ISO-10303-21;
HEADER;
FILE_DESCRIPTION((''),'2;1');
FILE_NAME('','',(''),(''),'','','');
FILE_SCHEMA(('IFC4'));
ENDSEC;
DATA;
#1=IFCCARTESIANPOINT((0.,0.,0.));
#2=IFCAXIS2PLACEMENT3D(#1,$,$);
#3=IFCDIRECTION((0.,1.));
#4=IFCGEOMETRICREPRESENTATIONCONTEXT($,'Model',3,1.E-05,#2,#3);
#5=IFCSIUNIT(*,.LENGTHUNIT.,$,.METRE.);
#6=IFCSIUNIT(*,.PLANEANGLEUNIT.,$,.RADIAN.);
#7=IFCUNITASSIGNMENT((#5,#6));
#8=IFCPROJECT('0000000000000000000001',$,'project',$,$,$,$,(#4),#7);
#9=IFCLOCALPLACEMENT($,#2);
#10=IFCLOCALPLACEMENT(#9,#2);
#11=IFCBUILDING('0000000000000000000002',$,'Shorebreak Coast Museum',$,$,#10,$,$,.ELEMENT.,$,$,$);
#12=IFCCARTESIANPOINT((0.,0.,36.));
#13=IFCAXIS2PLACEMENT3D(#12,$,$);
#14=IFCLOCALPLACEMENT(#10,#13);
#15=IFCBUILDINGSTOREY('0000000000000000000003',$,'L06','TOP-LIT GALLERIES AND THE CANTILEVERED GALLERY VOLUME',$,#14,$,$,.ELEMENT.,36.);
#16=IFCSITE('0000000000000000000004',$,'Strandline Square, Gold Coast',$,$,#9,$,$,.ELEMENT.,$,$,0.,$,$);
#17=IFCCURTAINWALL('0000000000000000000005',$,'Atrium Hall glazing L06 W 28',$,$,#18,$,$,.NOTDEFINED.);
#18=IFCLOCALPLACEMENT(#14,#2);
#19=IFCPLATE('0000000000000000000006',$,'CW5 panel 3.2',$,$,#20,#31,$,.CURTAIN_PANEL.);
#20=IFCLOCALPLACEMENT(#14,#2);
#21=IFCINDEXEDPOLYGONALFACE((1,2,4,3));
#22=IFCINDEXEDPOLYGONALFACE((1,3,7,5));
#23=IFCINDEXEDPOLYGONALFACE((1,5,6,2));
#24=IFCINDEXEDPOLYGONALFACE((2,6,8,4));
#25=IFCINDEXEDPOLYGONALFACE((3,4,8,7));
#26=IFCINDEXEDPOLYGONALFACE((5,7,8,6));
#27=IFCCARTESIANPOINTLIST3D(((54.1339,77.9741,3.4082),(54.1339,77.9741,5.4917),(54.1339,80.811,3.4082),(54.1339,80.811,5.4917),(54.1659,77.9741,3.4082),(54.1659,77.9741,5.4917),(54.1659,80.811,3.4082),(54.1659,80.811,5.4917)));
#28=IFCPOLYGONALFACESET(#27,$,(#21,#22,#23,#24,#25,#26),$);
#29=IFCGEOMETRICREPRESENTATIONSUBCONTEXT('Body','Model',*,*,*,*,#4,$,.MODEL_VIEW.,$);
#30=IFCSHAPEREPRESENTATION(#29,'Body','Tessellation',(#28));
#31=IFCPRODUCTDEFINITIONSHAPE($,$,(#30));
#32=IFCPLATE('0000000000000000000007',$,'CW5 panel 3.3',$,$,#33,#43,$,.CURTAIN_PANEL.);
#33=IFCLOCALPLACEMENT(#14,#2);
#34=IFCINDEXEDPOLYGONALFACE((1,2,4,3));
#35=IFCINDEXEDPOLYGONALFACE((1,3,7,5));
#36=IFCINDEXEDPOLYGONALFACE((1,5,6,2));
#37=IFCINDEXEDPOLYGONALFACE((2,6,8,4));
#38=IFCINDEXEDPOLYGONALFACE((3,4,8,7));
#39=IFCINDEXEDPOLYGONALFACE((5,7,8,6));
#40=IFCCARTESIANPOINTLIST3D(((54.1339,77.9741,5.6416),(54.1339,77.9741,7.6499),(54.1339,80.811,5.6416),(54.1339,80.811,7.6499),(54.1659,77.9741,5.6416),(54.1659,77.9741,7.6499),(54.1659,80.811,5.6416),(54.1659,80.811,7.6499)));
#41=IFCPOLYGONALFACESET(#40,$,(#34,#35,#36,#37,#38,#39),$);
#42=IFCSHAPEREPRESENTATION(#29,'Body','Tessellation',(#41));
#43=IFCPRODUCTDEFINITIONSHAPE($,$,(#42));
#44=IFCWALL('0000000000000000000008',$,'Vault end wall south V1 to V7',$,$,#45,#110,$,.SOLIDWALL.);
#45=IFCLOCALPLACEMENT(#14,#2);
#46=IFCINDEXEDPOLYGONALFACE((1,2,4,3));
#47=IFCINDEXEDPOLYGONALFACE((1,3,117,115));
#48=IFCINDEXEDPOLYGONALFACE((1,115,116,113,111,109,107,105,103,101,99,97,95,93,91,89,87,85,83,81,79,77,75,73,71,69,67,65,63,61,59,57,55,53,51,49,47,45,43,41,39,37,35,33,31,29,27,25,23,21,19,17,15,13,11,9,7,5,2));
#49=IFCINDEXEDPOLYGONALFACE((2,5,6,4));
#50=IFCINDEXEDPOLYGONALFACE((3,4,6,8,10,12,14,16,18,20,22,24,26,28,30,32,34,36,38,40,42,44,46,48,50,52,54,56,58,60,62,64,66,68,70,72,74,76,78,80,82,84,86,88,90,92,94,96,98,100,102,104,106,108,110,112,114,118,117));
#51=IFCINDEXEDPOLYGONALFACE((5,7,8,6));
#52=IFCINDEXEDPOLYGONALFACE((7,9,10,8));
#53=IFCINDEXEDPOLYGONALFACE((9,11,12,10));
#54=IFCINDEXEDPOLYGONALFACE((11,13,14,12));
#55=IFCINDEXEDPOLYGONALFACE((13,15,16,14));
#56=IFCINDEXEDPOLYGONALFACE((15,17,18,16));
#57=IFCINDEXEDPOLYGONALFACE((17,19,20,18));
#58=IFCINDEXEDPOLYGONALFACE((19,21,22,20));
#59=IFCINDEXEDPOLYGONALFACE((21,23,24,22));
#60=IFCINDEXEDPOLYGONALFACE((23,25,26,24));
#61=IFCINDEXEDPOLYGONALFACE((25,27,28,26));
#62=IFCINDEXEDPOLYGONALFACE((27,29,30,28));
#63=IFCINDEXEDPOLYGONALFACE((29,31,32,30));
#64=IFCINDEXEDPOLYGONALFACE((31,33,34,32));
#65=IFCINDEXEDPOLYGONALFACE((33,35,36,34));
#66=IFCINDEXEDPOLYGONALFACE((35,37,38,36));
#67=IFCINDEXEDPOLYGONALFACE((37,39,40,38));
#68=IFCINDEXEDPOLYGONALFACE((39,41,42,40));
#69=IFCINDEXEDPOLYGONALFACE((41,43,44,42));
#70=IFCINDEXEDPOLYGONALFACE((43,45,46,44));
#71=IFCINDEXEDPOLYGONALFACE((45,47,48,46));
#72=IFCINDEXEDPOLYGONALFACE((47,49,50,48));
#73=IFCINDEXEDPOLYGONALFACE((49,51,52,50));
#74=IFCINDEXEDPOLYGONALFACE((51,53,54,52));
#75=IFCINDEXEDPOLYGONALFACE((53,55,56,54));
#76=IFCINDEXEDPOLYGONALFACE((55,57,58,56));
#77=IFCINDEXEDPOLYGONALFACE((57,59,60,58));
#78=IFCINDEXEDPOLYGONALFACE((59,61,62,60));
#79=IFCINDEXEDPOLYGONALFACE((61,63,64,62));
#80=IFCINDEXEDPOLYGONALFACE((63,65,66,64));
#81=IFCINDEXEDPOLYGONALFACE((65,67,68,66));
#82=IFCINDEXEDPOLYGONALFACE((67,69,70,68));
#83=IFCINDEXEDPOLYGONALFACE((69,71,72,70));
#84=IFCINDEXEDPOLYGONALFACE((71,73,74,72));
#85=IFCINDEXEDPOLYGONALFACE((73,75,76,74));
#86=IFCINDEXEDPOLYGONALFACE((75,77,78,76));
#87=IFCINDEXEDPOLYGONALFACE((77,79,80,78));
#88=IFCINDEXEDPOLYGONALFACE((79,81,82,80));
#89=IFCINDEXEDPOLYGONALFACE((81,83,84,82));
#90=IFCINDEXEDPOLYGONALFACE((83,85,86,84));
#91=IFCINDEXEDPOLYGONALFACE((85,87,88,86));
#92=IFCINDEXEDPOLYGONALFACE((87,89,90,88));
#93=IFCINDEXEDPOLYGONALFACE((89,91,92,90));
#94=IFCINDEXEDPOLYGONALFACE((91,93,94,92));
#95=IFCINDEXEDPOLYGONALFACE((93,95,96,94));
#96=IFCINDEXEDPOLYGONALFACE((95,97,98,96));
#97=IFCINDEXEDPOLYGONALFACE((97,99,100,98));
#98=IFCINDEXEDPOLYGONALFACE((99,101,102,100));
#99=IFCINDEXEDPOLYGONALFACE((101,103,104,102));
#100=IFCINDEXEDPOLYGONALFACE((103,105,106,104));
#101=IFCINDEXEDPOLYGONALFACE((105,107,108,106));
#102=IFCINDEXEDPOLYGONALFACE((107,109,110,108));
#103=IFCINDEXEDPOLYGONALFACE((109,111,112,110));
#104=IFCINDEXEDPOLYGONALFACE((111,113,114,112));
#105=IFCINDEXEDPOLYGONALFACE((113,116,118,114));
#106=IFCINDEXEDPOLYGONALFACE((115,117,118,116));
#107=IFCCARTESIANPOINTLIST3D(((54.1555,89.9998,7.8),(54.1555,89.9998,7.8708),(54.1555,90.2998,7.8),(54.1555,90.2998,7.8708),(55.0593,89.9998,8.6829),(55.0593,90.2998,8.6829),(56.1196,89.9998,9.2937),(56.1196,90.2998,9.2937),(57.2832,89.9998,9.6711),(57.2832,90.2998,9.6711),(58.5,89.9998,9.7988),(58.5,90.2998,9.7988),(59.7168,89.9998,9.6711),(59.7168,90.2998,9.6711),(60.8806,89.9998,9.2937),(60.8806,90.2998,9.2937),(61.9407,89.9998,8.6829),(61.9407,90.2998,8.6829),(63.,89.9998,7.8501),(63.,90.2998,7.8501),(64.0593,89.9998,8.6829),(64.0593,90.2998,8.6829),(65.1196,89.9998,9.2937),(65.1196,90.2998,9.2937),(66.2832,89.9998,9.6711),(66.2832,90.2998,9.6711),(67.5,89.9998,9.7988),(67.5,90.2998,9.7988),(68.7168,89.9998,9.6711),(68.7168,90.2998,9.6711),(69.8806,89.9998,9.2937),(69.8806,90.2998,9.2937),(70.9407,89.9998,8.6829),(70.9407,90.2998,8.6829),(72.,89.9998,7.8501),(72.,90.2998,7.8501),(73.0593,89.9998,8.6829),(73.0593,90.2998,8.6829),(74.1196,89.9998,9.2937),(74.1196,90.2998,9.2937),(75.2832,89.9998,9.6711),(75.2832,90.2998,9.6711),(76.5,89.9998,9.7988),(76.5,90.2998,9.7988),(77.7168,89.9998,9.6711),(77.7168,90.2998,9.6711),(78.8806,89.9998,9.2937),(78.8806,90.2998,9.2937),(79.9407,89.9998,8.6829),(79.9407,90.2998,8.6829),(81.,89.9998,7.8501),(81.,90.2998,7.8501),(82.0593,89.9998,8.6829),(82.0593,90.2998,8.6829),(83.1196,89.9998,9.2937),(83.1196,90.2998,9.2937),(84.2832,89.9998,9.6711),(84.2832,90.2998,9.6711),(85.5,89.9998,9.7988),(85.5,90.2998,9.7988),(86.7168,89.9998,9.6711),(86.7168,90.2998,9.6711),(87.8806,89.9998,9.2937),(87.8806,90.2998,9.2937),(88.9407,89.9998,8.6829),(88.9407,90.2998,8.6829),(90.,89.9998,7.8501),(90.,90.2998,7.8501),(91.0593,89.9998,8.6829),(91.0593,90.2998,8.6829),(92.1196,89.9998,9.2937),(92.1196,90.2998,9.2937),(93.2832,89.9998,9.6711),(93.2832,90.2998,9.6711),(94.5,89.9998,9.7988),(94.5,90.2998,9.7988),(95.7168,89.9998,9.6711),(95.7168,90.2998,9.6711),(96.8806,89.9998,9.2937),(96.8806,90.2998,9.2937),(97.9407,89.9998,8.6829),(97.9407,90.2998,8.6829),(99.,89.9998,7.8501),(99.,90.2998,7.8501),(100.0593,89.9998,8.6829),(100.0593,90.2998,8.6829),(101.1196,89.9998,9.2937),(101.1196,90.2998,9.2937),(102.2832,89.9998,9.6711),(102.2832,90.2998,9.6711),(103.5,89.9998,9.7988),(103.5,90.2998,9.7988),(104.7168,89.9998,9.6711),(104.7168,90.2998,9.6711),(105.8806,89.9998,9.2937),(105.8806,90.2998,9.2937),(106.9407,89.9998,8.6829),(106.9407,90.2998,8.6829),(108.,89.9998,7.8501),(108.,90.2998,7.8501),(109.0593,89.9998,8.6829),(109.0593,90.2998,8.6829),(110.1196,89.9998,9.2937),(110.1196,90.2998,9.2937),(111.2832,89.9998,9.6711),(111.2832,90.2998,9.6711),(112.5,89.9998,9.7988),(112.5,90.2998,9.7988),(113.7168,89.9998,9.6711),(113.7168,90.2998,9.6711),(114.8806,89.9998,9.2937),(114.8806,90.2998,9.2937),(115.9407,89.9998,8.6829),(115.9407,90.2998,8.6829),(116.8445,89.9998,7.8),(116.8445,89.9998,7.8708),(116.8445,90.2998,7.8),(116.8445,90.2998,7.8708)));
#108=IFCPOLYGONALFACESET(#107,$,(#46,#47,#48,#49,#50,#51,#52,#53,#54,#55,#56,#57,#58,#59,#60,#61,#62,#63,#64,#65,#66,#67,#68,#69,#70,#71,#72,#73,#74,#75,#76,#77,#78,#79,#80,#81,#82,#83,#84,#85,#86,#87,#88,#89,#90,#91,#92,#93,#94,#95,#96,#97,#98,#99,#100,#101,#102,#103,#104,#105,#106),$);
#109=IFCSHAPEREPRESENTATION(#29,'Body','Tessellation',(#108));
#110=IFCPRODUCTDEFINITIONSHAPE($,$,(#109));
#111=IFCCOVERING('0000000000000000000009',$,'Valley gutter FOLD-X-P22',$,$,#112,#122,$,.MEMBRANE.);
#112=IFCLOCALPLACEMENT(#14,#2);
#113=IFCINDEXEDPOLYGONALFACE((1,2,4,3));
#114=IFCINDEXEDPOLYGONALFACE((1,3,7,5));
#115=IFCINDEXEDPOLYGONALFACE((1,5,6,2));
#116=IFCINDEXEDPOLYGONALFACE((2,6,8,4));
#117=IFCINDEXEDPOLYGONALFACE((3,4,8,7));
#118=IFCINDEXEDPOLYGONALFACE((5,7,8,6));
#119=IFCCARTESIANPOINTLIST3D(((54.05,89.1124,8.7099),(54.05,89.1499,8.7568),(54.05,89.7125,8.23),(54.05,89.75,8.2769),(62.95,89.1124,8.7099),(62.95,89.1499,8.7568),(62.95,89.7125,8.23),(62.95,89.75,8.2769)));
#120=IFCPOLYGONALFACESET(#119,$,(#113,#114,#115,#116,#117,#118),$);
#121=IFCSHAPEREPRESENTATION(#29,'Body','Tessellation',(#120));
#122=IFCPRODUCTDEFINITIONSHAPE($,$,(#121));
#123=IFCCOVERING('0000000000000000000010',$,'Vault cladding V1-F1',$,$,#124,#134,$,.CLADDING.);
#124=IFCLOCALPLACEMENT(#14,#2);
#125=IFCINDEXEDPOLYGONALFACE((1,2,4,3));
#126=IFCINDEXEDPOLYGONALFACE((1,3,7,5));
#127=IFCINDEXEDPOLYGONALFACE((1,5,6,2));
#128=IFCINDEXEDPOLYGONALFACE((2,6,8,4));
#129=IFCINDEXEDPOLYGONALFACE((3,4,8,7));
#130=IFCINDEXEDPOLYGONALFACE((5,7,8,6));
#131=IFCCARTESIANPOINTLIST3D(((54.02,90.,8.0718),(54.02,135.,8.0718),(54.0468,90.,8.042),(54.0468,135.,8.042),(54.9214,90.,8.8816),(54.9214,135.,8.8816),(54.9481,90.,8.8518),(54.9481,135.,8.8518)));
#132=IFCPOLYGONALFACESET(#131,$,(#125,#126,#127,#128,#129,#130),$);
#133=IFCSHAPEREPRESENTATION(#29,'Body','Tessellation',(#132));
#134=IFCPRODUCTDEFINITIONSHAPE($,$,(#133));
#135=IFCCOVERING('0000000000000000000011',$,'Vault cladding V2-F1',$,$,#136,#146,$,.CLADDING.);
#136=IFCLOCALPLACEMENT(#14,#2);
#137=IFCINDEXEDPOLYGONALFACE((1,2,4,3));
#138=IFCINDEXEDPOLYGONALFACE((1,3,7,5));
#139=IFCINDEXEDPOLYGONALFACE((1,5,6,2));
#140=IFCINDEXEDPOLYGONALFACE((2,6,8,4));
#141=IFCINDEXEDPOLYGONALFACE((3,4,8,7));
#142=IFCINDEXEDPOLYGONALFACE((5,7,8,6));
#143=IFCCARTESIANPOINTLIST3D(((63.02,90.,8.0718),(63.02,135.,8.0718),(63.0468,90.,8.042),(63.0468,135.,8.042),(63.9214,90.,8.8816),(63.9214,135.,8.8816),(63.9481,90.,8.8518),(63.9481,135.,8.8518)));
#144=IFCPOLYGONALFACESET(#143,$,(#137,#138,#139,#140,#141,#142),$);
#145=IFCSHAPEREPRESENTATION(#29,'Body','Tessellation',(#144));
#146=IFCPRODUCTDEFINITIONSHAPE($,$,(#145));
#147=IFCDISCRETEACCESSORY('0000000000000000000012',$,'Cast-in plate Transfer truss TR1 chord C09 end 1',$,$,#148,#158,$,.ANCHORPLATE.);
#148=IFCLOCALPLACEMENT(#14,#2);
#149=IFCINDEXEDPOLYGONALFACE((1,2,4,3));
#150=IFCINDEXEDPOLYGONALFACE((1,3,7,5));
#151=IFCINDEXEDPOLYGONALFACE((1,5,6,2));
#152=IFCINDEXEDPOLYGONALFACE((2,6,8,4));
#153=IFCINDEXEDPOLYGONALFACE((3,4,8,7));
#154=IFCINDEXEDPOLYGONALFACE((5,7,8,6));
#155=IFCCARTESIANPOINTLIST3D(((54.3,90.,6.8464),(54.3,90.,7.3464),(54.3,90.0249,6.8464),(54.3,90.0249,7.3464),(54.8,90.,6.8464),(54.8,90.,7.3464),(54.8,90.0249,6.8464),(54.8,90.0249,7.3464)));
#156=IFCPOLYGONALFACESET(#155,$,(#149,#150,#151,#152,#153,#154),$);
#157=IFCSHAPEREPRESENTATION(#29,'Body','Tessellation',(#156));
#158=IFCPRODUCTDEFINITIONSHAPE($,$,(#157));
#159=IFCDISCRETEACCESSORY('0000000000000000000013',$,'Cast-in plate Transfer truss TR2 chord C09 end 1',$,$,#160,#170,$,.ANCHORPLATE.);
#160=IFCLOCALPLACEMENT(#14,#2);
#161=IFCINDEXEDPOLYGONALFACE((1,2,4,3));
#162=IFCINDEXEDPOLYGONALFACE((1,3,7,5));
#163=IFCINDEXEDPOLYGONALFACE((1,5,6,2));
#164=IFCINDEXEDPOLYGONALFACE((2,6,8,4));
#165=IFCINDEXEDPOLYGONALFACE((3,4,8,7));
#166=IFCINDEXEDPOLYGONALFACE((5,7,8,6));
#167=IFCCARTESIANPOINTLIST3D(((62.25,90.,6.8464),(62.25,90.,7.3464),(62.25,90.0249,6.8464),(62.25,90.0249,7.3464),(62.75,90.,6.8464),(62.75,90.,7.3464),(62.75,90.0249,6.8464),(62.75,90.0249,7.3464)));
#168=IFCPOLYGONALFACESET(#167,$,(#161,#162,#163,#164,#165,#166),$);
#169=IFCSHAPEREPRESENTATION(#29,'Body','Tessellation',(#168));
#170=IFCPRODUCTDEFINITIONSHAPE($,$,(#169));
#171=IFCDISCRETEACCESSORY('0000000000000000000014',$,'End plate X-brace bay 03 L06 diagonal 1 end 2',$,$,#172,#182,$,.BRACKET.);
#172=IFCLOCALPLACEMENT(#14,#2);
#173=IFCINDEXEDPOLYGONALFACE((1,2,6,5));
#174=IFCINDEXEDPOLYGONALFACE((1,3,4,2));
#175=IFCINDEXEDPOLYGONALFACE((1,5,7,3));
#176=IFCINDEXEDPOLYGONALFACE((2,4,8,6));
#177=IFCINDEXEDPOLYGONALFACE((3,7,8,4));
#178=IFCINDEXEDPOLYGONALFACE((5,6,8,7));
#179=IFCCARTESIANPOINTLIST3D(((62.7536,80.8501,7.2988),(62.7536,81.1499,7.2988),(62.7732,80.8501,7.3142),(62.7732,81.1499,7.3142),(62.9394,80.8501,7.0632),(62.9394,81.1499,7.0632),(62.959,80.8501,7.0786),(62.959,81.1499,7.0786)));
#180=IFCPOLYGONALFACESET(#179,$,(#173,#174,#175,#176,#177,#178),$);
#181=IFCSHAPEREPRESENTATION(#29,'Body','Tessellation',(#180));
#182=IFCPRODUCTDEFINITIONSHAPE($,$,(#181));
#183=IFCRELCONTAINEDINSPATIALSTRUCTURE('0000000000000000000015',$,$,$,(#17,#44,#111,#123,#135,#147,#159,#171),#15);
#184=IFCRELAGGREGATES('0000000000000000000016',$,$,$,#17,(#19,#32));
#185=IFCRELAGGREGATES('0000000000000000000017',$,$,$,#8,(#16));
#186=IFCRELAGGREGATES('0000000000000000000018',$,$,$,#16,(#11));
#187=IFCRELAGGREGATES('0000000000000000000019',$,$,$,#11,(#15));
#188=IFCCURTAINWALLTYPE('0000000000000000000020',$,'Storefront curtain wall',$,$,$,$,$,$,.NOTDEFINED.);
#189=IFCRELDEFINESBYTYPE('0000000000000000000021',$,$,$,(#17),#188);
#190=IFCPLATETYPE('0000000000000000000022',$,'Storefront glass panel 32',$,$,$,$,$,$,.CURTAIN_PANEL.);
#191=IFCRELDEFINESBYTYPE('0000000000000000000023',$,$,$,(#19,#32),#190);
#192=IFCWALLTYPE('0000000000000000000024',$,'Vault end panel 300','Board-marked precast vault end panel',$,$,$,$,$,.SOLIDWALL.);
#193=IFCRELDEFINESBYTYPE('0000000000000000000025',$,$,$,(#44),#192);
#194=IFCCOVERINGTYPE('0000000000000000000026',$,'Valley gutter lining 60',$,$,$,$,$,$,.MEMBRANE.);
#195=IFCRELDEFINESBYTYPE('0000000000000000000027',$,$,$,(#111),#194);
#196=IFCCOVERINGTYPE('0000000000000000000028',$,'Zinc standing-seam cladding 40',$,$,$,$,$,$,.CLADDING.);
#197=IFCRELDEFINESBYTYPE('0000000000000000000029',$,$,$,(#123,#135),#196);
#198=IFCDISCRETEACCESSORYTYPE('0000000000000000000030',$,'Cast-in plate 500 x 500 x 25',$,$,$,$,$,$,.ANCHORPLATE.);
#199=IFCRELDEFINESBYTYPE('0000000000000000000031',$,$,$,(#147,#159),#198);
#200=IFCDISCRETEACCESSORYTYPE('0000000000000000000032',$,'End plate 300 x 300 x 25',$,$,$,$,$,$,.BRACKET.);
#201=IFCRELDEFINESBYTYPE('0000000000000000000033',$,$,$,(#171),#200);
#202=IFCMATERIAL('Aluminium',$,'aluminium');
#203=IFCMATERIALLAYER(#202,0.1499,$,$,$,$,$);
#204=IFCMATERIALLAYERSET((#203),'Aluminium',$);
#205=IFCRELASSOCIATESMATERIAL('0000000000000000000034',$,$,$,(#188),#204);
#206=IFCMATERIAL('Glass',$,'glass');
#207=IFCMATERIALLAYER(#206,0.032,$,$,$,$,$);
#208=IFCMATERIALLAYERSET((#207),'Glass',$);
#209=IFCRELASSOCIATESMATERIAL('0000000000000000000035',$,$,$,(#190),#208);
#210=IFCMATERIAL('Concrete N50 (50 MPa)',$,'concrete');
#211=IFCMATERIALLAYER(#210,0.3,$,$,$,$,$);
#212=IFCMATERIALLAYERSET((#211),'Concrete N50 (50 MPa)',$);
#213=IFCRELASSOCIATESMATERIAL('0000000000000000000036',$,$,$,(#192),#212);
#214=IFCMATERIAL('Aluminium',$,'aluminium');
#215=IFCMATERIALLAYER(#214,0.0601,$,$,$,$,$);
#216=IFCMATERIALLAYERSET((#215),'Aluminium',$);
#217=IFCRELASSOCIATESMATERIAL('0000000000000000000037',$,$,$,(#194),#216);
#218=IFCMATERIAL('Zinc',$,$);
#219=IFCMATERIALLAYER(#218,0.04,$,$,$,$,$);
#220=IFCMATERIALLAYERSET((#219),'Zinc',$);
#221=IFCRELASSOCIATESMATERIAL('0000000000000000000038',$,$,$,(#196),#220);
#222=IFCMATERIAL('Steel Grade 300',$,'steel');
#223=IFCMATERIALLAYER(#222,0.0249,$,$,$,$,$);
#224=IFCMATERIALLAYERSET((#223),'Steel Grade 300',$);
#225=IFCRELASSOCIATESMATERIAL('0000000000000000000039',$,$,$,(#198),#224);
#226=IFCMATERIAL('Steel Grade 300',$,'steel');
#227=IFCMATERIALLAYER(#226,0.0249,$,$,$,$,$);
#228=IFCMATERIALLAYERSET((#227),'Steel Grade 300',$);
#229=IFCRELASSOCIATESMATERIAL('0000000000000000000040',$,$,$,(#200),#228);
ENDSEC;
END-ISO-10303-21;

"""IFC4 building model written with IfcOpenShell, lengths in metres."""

from ifc_helpers import new_model, si_unit, direction, frame, origin, origin_2d, place, context, subcontext, project, spatial, polyline, rectangle, outline, extrude, material, layer, layer_set, type_object, element, aggregate, save


model = new_model("IFC4")

# Units and contexts
model_context = context("Model", 3, precision=1e-05, world=origin(), true_north=direction((0.0, 1.0)))
body_context = subcontext(model_context, "Body", "Model", "MODEL_VIEW")
ifc_project = project(units=[si_unit("LENGTHUNIT", "METRE"), si_unit("PLANEANGLEUNIT", "RADIAN")], contexts=[model_context])

# Site, building, storey
site_placement = place(None, origin())
site = spatial("IfcSite", under=ifc_project, at=site_placement, Name="Strandline Square, Gold Coast", CompositionType="ELEMENT", RefElevation=0.0)
building_placement = place(site_placement, origin())
building = spatial("IfcBuilding", under=site, at=building_placement, Name="Shorebreak Coast Museum", CompositionType="ELEMENT")
storey_placement = place(building_placement, frame((0.0, 0.0, 36.0)))
storey = spatial("IfcBuildingStorey", under=building, at=storey_placement, Name="L06", Description="TOP-LIT GALLERIES AND THE CANTILEVERED GALLERY VOLUME", CompositionType="ELEMENT", Elevation=36.0)

# Curtain wall, plates
ifc_material_1 = material(Name="Aluminium", Category="aluminium")
ifc_layer_1 = layer(ifc_material_1, 0.1499)
ifc_layer_set_1 = layer_set([ifc_layer_1], Name="Aluminium")
curtain_wall_type_1 = type_object("IfcCurtainWallType", Name="Storefront curtain wall", PredefinedType="NOTDEFINED", material=ifc_layer_set_1)
curtain_wall_1_placement = place(storey_placement, origin())
curtain_wall_1 = element("IfcCurtainWall", 1, at=curtain_wall_1_placement, inside=storey, type_object=curtain_wall_type_1, Name="Atrium Hall glazing L06 W 28", PredefinedType="NOTDEFINED")
ifc_material_2 = material(Name="Glass", Category="glass")
ifc_layer_2 = layer(ifc_material_2, 0.032)
ifc_layer_set_2 = layer_set([ifc_layer_2], Name="Glass")
plate_type = type_object("IfcPlateType", Name="Storefront glass panel 32", PredefinedType="CURTAIN_PANEL", material=ifc_layer_set_2)
plate_1_placement = place(storey_placement, frame((54.1499, 79.3926, 3.4082), z_axis=(0.0, 0.0, 1.0), x_axis=(0.0, 1.0, 0.0)))
plate_1 = element("IfcPlate", 2, at=plate_1_placement, type_object=plate_type, Name="CW5 panel 3.2", PredefinedType="CURTAIN_PANEL", context=body_context, shape_type="SweptSolid", body=[
    extrude(rectangle(XDim=2.8369, YDim=0.032, at=origin_2d()), origin(), (0.0, 0.0, 1.0), 2.0835),
])
plate_2_placement = place(storey_placement, frame((54.1499, 79.3926, 5.6416), z_axis=(0.0, 0.0, 1.0), x_axis=(0.0, 1.0, 0.0)))
plate_2 = element("IfcPlate", 3, at=plate_2_placement, type_object=plate_type, Name="CW5 panel 3.3", PredefinedType="CURTAIN_PANEL", context=body_context, shape_type="SweptSolid", body=[
    extrude(rectangle(XDim=2.8369, YDim=0.032, at=origin_2d()), origin(), (0.0, 0.0, 1.0), 2.0083),
])
aggregate(curtain_wall_1, [plate_1, plate_2])

# Wall
ifc_material_3 = material(Name="Concrete N50 (50 MPa)", Category="concrete")
ifc_layer_3 = layer(ifc_material_3, 0.3)
ifc_layer_set_3 = layer_set([ifc_layer_3], Name="Concrete N50 (50 MPa)")
wall_type = type_object("IfcWallType", Name="Vault end panel 300", Description="Board-marked precast vault end panel", PredefinedType="SOLIDWALL", material=ifc_layer_set_3)
wall_placement = place(storey_placement, frame((54.1555, 90.1499, 7.8), z_axis=(0.0, 0.0, 1.0), x_axis=(1.0, 0.0, 0.0)))
element("IfcWall", 4, at=wall_placement, inside=storey, type_object=wall_type, Name="Vault end wall south V1 to V7", PredefinedType="SOLIDWALL", context=body_context, shape_type="SweptSolid", body=[
    extrude(outline(polyline([(0.0, 0.0), (62.689, 0.0), (62.689, 0.0708), (61.7852, 0.8828), (60.7251, 1.4937), (59.5613, 1.8711), (58.3445, 1.9988), (57.1277, 1.8711), (55.9641, 1.4937), (54.9038, 0.8828), (53.8445, 0.05), (52.7852, 0.8828), (51.7251, 1.4937), (50.5613, 1.8711), (49.3445, 1.9988), (48.1277, 1.8711), (46.9641, 1.4937), (45.9038, 0.8828), (44.8445, 0.05), (43.7852, 0.8828), (42.7251, 1.4937), (41.5613, 1.8711), (40.3445, 1.9988), (39.1277, 1.8711), (37.9641, 1.4937), (36.9038, 0.8828), (35.8445, 0.05), (34.7852, 0.8828), (33.7251, 1.4937), (32.5613, 1.8711), (31.3445, 1.9988), (30.1277, 1.8711), (28.9641, 1.4937), (27.9038, 0.8828), (26.8445, 0.05), (25.7852, 0.8828), (24.7251, 1.4937), (23.5613, 1.8711), (22.3445, 1.9988), (21.1277, 1.8711), (19.9641, 1.4937), (18.9038, 0.8828), (17.8445, 0.05), (16.7852, 0.8828), (15.7251, 1.4937), (14.5613, 1.8711), (13.3445, 1.9988), (12.1277, 1.8711), (10.9641, 1.4937), (9.9038, 0.8828), (8.8445, 0.05), (7.7852, 0.8828), (6.7251, 1.4937), (5.5613, 1.8711), (4.3445, 1.9988), (3.1277, 1.8711), (1.9641, 1.4937), (0.9038, 0.8828), (0.0, 0.0708), (0.0, 0.0)])), frame((0.0, 0.1499, 0.0), z_axis=(0.0, -1.0, 0.0), x_axis=(1.0, 0.0, 0.0)), (0.0, 0.0, 1.0), 0.3),
])

# Coverings
ifc_material_4 = material(Name="Aluminium", Category="aluminium")
ifc_layer_4 = layer(ifc_material_4, 0.0601)
ifc_layer_set_4 = layer_set([ifc_layer_4], Name="Aluminium")
covering_type_1 = type_object("IfcCoveringType", Name="Valley gutter lining 60", PredefinedType="MEMBRANE", material=ifc_layer_set_4)
covering_placement = place(storey_placement, frame((54.05, 89.1499, 8.7568), z_axis=(0.0, 0.624618, 0.780931), x_axis=(1.0, 0.0, 0.0)))
element("IfcCovering", 5, at=covering_placement, inside=storey, type_object=covering_type_1, Name="Valley gutter FOLD-X-P22", PredefinedType="MEMBRANE", context=body_context, shape_type="SweptSolid", body=[
    extrude(outline(polyline([(0.0, 0.0), (8.8999, 0.0), (8.8999, 0.7684), (0.0, 0.7684), (0.0, 0.0)])), origin(), (0.0, 0.0, -1.0), 0.0601),
])
ifc_material_5 = material(Name="Zinc")
ifc_layer_5 = layer(ifc_material_5, 0.04)
ifc_layer_set_5 = layer_set([ifc_layer_5], Name="Zinc")
covering_type_2 = type_object("IfcCoveringType", Name="Zinc standing-seam cladding 40", PredefinedType="CLADDING", material=ifc_layer_set_5)
for number, where, z_axis, x_axis, name in (
    (6, (54.02, 90.0, 8.0718), (-0.668319, 0.0, 0.743875), (0.743875, 0.0, 0.668319), "Vault cladding V1-F1"),
    (7, (63.02, 90.0, 8.0718), (-0.668319, 0.0, 0.743875), (0.743875, 0.0, 0.668319), "Vault cladding V2-F1"),
):
    element("IfcCovering", number, at=place(storey_placement, frame(where, z_axis=z_axis, x_axis=x_axis)), inside=storey, type_object=covering_type_2, Name=name, PredefinedType="CLADDING", context=body_context, shape_type="SweptSolid", body=[
        extrude(outline(polyline([(0.0, 0.0), (1.2117, 0.0), (1.2117, 45.0), (0.0, 45.0), (0.0, 0.0)])), origin(), (0.0, 0.0, -1.0), 0.04),
    ])

# Discrete accessories
ifc_material_6 = material(Name="Steel Grade 300", Category="steel")
ifc_layer_6 = layer(ifc_material_6, 0.0249)
ifc_layer_set_6 = layer_set([ifc_layer_6], Name="Steel Grade 300")
discrete_accessory_type_1 = type_object("IfcDiscreteAccessoryType", Name="Cast-in plate 500 x 500 x 25", PredefinedType="ANCHORPLATE", material=ifc_layer_set_6)
for number, where, z_axis, x_axis, name in (
    (8, (54.3, 90.0, 6.8464), (0.0, -1.0, 0.0), (1.0, 0.0, 0.0), "Cast-in plate Transfer truss TR1 chord C09 end 1"),
    (9, (62.25, 90.0, 6.8464), (0.0, -1.0, 0.0), (1.0, 0.0, 0.0), "Cast-in plate Transfer truss TR2 chord C09 end 1"),
):
    element("IfcDiscreteAccessory", number, at=place(storey_placement, frame(where, z_axis=z_axis, x_axis=x_axis)), inside=storey, type_object=discrete_accessory_type_1, Name=name, PredefinedType="ANCHORPLATE", context=body_context, shape_type="SweptSolid", body=[
        extrude(outline(polyline([(0.0, 0.0), (0.5, 0.0), (0.5, 0.5), (0.0, 0.5), (0.0, 0.0)])), origin(), (0.0, 0.0, -1.0), 0.0249),
    ])
ifc_material_7 = material(Name="Steel Grade 300", Category="steel")
ifc_layer_7 = layer(ifc_material_7, 0.0249)
ifc_layer_set_7 = layer_set([ifc_layer_7], Name="Steel Grade 300")
discrete_accessory_type_2 = type_object("IfcDiscreteAccessoryType", Name="End plate 300 x 300 x 25", PredefinedType="BRACKET", material=ifc_layer_set_7)
for number, where, z_axis, x_axis, name in (
    (10, (62.959, 80.8501, 7.0786), (0.785216, 0.0, 0.619222), (0.0, 1.0, 0.0), "End plate X-brace bay 03 L06 diagonal 1 end 2"),
):
    element("IfcDiscreteAccessory", number, at=place(storey_placement, frame(where, z_axis=z_axis, x_axis=x_axis)), inside=storey, type_object=discrete_accessory_type_2, Name=name, PredefinedType="BRACKET", context=body_context, shape_type="SweptSolid", body=[
        extrude(outline(polyline([(0.0, 0.0), (0.2998, 0.0), (0.2998, 0.3), (0.0, 0.3), (0.0, 0.0)])), origin(), (0.0, 0.0, -1.0), 0.0249),
    ])

save(model, "model.ifc")
